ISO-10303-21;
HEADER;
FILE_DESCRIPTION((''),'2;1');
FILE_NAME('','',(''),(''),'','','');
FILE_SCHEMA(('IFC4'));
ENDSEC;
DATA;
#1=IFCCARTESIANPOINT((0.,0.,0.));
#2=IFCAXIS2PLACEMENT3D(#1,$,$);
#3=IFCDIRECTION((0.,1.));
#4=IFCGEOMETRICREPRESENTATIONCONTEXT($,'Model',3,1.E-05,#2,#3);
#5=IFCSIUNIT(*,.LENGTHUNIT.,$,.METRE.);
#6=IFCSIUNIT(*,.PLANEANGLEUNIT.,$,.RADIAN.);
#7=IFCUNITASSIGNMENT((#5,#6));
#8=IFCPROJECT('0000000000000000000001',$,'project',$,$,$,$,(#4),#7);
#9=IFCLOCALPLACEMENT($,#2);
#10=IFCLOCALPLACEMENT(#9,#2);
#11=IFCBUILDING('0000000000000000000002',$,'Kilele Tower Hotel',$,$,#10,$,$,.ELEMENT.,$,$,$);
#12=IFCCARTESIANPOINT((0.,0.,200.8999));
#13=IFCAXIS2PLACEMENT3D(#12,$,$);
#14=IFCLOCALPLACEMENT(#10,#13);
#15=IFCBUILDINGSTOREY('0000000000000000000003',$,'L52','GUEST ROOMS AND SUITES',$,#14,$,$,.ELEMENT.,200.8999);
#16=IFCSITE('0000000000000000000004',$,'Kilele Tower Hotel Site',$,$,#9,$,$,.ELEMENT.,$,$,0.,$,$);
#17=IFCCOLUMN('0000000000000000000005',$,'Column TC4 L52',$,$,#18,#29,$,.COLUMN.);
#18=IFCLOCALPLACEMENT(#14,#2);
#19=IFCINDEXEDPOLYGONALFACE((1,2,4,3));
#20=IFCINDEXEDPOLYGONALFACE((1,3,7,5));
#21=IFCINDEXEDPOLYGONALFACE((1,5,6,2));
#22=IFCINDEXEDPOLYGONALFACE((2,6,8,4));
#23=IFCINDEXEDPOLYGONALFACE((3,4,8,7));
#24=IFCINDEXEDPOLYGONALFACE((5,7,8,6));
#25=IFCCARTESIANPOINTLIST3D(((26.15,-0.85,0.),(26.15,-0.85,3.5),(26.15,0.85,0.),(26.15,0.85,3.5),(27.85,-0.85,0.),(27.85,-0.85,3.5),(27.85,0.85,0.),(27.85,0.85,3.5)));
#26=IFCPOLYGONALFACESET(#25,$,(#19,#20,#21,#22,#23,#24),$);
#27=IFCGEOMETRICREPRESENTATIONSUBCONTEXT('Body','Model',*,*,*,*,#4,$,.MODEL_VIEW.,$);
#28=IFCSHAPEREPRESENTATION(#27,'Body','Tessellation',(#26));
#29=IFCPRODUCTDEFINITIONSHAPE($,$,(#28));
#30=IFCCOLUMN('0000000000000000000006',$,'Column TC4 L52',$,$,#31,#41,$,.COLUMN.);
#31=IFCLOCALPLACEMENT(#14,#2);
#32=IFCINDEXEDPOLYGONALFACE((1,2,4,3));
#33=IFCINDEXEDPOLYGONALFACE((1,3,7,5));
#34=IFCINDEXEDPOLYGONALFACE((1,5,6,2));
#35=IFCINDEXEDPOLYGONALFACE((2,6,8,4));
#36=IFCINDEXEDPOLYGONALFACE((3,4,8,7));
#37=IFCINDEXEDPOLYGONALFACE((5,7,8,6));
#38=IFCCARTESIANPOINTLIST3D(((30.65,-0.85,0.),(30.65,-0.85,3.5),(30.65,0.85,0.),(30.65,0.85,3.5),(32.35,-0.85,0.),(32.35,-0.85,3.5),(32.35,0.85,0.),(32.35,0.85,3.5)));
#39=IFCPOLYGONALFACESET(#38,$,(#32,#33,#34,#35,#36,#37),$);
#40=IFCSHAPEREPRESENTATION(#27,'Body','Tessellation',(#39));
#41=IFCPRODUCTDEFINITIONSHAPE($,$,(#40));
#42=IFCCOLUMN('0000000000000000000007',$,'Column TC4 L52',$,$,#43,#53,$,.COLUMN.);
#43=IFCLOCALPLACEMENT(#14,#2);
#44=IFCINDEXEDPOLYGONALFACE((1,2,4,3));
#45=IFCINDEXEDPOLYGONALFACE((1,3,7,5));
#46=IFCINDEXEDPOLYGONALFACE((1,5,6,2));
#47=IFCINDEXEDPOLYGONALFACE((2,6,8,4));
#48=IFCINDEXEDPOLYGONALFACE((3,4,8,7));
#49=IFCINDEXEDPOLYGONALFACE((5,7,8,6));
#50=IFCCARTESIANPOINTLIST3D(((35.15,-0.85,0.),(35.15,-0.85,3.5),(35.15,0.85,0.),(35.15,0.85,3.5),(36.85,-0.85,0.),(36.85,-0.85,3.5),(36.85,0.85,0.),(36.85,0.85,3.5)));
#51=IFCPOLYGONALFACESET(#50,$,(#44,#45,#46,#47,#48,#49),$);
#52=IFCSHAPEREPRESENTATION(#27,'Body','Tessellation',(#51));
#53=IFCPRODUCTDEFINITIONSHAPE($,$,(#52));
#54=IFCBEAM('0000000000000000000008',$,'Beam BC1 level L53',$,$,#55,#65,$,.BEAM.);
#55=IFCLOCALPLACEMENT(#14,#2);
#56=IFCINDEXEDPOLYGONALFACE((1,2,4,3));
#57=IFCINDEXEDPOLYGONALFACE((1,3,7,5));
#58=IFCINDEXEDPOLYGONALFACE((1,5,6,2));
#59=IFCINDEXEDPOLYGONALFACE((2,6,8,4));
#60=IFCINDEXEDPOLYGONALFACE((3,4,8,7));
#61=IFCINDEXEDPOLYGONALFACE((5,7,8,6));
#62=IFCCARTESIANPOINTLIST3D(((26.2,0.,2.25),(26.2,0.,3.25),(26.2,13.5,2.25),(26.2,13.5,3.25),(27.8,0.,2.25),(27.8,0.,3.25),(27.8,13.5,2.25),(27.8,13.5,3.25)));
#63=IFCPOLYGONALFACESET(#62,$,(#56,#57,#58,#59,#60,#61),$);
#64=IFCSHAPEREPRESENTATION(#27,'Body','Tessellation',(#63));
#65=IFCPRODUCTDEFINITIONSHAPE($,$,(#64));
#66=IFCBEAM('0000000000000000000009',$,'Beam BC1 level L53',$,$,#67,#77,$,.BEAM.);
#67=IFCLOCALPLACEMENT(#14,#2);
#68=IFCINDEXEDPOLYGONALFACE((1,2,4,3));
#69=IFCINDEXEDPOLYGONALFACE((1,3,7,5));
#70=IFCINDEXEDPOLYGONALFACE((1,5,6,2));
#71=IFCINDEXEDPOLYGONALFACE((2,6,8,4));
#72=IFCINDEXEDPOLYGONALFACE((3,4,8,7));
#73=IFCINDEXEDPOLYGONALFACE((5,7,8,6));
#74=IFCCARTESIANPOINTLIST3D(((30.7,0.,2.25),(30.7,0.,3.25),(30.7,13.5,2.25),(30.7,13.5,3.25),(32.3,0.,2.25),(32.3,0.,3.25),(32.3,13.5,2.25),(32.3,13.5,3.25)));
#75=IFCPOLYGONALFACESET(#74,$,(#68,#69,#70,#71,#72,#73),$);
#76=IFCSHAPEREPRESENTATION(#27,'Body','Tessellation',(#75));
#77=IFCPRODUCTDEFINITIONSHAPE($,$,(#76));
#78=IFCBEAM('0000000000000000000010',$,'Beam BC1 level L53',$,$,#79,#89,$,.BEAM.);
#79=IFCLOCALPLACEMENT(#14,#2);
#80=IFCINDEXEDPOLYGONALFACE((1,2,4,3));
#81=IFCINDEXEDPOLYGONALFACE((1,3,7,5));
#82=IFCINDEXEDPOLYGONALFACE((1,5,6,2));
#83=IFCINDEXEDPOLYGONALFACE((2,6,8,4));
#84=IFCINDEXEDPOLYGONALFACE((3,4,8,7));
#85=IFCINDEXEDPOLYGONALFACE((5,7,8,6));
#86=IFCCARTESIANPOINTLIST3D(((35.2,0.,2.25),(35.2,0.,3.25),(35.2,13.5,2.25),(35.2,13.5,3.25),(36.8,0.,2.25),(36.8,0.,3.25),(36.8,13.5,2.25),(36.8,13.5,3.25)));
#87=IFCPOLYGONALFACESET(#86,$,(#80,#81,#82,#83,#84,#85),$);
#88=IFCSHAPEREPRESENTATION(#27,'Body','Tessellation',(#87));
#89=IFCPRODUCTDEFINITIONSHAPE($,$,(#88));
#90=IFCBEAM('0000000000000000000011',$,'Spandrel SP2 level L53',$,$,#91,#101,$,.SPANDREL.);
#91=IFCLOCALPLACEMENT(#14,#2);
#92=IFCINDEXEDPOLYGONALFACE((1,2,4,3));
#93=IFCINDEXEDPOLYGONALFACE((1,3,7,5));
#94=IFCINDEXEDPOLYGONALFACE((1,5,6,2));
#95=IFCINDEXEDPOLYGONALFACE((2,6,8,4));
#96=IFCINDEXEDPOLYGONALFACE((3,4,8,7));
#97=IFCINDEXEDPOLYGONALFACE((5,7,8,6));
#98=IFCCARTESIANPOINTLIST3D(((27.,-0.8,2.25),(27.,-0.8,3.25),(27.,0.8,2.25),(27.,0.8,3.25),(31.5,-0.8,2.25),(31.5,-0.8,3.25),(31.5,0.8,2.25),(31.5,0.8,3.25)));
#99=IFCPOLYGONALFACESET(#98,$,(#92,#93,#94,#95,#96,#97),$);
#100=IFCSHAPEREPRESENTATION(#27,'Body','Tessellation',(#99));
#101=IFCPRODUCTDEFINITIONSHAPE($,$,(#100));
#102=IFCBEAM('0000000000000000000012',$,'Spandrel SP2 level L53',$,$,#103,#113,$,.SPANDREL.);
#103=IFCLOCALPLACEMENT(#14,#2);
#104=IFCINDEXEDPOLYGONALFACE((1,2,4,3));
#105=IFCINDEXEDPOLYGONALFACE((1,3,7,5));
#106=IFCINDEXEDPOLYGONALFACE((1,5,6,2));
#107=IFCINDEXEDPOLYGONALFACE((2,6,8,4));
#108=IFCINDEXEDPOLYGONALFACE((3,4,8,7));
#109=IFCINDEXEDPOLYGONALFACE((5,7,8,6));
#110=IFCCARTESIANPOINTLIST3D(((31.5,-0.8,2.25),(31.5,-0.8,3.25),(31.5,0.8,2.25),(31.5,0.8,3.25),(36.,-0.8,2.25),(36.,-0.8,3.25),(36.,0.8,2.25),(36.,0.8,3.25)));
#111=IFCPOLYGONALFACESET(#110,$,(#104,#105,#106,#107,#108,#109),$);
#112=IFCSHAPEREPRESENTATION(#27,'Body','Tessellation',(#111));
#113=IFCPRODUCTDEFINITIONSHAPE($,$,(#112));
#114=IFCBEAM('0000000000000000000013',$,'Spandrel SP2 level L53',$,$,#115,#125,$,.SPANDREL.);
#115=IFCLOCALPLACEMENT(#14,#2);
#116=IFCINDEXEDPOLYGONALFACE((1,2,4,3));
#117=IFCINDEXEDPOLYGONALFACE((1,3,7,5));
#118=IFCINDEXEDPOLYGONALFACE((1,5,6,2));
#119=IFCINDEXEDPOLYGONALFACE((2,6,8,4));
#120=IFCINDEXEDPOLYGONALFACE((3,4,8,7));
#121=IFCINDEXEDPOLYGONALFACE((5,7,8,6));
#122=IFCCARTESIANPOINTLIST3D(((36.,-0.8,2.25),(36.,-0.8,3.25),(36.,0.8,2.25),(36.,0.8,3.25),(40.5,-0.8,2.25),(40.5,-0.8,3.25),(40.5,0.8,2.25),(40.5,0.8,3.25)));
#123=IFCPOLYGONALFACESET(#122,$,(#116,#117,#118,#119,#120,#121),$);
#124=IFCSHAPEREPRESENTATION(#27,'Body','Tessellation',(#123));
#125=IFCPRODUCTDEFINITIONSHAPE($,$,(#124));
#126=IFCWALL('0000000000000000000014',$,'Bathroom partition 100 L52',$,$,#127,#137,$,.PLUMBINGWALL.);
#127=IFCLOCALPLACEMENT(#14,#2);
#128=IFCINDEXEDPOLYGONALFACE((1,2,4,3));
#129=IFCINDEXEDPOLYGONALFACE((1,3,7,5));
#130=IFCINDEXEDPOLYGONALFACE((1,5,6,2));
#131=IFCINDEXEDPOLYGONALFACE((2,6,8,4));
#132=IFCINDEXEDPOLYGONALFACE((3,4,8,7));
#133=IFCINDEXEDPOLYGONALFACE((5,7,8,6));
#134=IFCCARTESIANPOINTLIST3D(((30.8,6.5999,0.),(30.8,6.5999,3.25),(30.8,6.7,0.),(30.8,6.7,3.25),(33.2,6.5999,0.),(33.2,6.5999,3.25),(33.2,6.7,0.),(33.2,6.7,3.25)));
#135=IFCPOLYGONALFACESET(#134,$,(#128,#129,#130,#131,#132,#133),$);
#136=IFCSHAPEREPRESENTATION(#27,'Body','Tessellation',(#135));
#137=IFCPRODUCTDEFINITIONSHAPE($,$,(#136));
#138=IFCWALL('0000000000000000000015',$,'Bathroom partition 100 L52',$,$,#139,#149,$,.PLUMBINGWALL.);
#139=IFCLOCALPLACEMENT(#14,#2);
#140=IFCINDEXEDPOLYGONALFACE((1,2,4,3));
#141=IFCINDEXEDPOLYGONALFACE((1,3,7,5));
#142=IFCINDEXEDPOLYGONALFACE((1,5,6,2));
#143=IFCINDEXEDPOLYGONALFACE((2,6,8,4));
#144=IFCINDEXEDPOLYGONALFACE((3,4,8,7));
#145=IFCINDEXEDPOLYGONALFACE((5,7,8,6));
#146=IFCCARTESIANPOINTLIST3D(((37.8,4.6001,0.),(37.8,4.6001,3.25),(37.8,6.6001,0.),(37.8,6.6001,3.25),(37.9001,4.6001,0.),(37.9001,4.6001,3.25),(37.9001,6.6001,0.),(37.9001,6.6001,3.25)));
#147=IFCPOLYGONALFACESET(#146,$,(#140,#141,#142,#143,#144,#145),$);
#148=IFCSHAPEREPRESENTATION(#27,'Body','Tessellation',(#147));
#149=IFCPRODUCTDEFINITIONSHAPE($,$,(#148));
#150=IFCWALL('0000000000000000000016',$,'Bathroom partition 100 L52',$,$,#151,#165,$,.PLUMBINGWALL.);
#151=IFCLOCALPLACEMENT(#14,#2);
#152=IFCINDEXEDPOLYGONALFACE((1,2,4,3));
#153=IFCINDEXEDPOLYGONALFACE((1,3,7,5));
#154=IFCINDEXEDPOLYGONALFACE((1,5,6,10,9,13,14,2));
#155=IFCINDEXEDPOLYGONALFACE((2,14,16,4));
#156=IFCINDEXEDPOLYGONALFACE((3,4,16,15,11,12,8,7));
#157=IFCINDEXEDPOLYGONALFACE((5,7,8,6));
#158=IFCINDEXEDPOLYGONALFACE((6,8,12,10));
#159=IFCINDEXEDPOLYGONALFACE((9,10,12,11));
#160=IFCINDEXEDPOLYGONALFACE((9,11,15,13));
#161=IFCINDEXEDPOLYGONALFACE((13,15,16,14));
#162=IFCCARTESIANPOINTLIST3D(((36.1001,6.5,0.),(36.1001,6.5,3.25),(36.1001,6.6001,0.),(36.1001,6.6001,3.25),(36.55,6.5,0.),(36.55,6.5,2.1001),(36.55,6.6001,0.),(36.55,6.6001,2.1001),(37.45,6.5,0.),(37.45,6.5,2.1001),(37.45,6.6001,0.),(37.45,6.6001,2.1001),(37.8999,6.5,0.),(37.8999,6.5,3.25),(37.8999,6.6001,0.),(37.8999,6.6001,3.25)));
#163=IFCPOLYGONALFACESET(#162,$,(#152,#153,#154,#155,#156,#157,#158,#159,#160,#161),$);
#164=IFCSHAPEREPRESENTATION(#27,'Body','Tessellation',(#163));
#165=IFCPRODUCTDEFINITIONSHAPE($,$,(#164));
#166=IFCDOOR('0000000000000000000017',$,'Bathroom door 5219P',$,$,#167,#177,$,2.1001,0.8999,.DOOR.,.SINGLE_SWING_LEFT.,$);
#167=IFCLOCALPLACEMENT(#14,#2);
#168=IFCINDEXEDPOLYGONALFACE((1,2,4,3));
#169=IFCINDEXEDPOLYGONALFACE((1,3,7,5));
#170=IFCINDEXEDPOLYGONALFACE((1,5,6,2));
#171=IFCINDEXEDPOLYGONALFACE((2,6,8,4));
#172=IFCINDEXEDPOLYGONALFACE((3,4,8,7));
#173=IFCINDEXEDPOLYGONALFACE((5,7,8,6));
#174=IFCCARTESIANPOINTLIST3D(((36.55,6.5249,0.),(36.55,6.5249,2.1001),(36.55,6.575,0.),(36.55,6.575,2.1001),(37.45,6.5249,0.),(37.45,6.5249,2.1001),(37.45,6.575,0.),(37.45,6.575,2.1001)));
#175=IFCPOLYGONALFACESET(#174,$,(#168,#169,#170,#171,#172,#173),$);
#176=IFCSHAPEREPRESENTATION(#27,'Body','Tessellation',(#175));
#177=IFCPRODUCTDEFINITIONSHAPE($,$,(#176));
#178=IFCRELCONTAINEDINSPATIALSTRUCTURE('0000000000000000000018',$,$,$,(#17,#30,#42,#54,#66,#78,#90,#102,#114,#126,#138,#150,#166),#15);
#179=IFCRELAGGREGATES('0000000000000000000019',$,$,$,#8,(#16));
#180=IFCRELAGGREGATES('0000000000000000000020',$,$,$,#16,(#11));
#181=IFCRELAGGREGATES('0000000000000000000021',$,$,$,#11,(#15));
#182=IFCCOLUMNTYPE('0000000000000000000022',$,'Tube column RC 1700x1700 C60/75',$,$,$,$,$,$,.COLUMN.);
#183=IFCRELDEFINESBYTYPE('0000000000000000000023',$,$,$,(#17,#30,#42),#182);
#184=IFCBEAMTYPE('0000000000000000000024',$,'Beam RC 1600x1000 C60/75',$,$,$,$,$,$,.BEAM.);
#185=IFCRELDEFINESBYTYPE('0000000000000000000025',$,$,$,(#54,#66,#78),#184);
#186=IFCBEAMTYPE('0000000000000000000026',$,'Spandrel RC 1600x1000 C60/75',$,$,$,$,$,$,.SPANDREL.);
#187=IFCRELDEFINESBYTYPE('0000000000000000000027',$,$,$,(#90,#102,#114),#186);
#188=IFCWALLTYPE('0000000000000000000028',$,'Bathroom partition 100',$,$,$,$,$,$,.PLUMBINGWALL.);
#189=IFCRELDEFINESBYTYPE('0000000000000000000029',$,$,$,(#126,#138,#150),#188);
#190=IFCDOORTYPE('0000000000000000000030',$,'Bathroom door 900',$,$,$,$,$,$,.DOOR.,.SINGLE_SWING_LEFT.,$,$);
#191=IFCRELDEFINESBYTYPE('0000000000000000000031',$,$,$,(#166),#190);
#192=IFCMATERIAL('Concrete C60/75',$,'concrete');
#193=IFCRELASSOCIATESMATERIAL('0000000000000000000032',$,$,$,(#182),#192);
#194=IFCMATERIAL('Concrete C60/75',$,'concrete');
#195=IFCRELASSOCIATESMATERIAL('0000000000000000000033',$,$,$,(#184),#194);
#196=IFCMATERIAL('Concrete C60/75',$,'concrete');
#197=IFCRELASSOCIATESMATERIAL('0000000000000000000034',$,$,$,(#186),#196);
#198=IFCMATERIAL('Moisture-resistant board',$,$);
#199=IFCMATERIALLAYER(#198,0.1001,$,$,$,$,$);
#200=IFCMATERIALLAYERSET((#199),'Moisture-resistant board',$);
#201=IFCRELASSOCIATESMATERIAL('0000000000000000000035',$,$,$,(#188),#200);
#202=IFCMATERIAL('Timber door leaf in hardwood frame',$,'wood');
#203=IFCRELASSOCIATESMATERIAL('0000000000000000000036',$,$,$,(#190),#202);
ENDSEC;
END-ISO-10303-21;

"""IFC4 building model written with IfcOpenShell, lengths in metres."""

from ifc_helpers import new_model, si_unit, direction, frame, frame_2d, origin, origin_2d, place, context, subcontext, project, spatial, rectangle, extrude, material, layer, layer_set, material_profile, profile_set, type_object, element, fill, save


model = new_model("IFC4")

# Units and contexts
model_context = context("Model", 3, precision=1e-05, world=origin(), true_north=direction((0.0, 1.0)))
body_context = subcontext(model_context, "Body", "Model", "MODEL_VIEW")
ifc_project = project(units=[si_unit("LENGTHUNIT", "METRE"), si_unit("PLANEANGLEUNIT", "RADIAN")], contexts=[model_context])

# Site, building, storey
site_placement = place(None, origin())
site = spatial("IfcSite", under=ifc_project, at=site_placement, Name="Kilele Tower Hotel Site", CompositionType="ELEMENT", RefElevation=0.0)
building_placement = place(site_placement, origin())
building = spatial("IfcBuilding", under=site, at=building_placement, Name="Kilele Tower Hotel", CompositionType="ELEMENT")
storey_placement = place(building_placement, frame((0.0, 0.0, 200.8999)))
storey = spatial("IfcBuildingStorey", under=building, at=storey_placement, Name="L52", Description="GUEST ROOMS AND SUITES", CompositionType="ELEMENT", Elevation=200.8999)

# Columns
ifc_material_1 = material(Name="Concrete C60/75", Category="concrete")
ifc_material_profile_1 = material_profile(ifc_material_1, rectangle(XDim=1.7, YDim=1.7, at=origin_2d()))
ifc_profile_set_1 = profile_set([ifc_material_profile_1], Name="Concrete C60/75")
column_type = type_object("IfcColumnType", Name="Tube column RC 1700x1700 C60/75", PredefinedType="COLUMN", material=ifc_profile_set_1)
for number, where, z_axis, x_axis, name in (
    (1, (27.0, 0.0, 0.0), (0.0, 0.0, 1.0), (1.0, 0.0, 0.0), "Column TC4 L52"),
    (2, (31.5, 0.0, 0.0), (0.0, 0.0, 1.0), (1.0, 0.0, 0.0), "Column TC4 L52"),
    (3, (36.0, 0.0, 0.0), (0.0, 0.0, 1.0), (1.0, 0.0, 0.0), "Column TC4 L52"),
):
    element("IfcColumn", number, at=place(storey_placement, frame(where, z_axis=z_axis, x_axis=x_axis)), inside=storey, type_object=column_type, Name=name, PredefinedType="COLUMN", context=body_context, shape_type="SweptSolid", body=[
        extrude(rectangle(XDim=1.7, YDim=1.7, at=origin_2d()), origin(), (0.0, 0.0, 1.0), 3.5),
    ])

# Beams
ifc_material_2 = material(Name="Concrete C60/75", Category="concrete")
ifc_material_profile_2 = material_profile(ifc_material_2, rectangle(XDim=1.6001, YDim=1.0, at=origin_2d()))
ifc_profile_set_2 = profile_set([ifc_material_profile_2], Name="Concrete C60/75")
beam_type_1 = type_object("IfcBeamType", Name="Beam RC 1600x1000 C60/75", PredefinedType="BEAM", material=ifc_profile_set_2)
for number, where, z_axis, x_axis, name in (
    (4, (27.0, 0.0, 2.75), (0.0, 1.0, 0.0), (-1.0, 0.0, 0.0), "Beam BC1 level L53"),
    (5, (31.5, 0.0, 2.75), (0.0, 1.0, 0.0), (-1.0, 0.0, 0.0), "Beam BC1 level L53"),
    (6, (36.0, 0.0, 2.75), (0.0, 1.0, 0.0), (-1.0, 0.0, 0.0), "Beam BC1 level L53"),
):
    element("IfcBeam", number, at=place(storey_placement, frame(where, z_axis=z_axis, x_axis=x_axis)), inside=storey, type_object=beam_type_1, Name=name, PredefinedType="BEAM", context=body_context, shape_type="SweptSolid", body=[
        extrude(rectangle(XDim=1.6001, YDim=1.0, at=origin_2d()), origin(), (0.0, 0.0, 1.0), 13.5),
    ])
ifc_material_3 = material(Name="Concrete C60/75", Category="concrete")
ifc_material_profile_3 = material_profile(ifc_material_3, rectangle(XDim=1.6001, YDim=1.0, at=origin_2d()))
ifc_profile_set_3 = profile_set([ifc_material_profile_3], Name="Concrete C60/75")
beam_type_2 = type_object("IfcBeamType", Name="Spandrel RC 1600x1000 C60/75", PredefinedType="SPANDREL", material=ifc_profile_set_3)
for number, where, z_axis, x_axis, name in (
    (7, (27.0, 0.0, 2.75), (1.0, 0.0, 0.0), (0.0, 1.0, 0.0), "Spandrel SP2 level L53"),
    (8, (31.5, 0.0, 2.75), (1.0, 0.0, 0.0), (0.0, 1.0, 0.0), "Spandrel SP2 level L53"),
    (9, (36.0, 0.0, 2.75), (1.0, 0.0, 0.0), (0.0, 1.0, 0.0), "Spandrel SP2 level L53"),
):
    element("IfcBeam", number, at=place(storey_placement, frame(where, z_axis=z_axis, x_axis=x_axis)), inside=storey, type_object=beam_type_2, Name=name, PredefinedType="SPANDREL", context=body_context, shape_type="SweptSolid", body=[
        extrude(rectangle(XDim=1.6001, YDim=1.0, at=origin_2d()), origin(), (0.0, 0.0, 1.0), 4.5),
    ])

# Walls
ifc_material_4 = material(Name="Moisture-resistant board")
ifc_layer_1 = layer(ifc_material_4, 0.1001)
ifc_layer_set_1 = layer_set([ifc_layer_1], Name="Moisture-resistant board")
wall_type_1 = type_object("IfcWallType", Name="Bathroom partition 100", PredefinedType="PLUMBINGWALL", material=ifc_layer_set_1)
wall_1_placement = place(storey_placement, frame((30.8, 6.6499, 0.0), z_axis=(0.0, 0.0, 1.0), x_axis=(1.0, 0.0, 0.0)))
element("IfcWall", 10, at=wall_1_placement, inside=storey, type_object=wall_type_1, Name="Bathroom partition 100 L52", PredefinedType="PLUMBINGWALL", context=body_context, shape_type="SweptSolid", body=[
    extrude(rectangle(XDim=2.3999, YDim=0.1001, at=frame_2d((1.2, 0.0))), origin(), (0.0, 0.0, 1.0), 3.25),
])
wall_2_placement = place(storey_placement, frame((37.8501, 4.6001, 0.0), z_axis=(0.0, 0.0, 1.0), x_axis=(0.0, 1.0, 0.0)))
element("IfcWall", 11, at=wall_2_placement, inside=storey, type_object=wall_type_1, Name="Bathroom partition 100 L52", PredefinedType="PLUMBINGWALL", context=body_context, shape_type="SweptSolid", body=[
    extrude(rectangle(XDim=2.0, YDim=0.1001, at=frame_2d((1.0, 0.0))), origin(), (0.0, 0.0, 1.0), 3.25),
])

# Wall, opening, door
wall_3_placement = place(storey_placement, frame((36.1001, 6.55, 0.0), z_axis=(0.0, 0.0, 1.0), x_axis=(1.0, 0.0, 0.0)))
wall_3 = element("IfcWall", 12, at=wall_3_placement, inside=storey, type_object=wall_type_1, Name="Bathroom partition 100 L52", PredefinedType="PLUMBINGWALL", context=body_context, shape_type="SweptSolid", body=[
    extrude(rectangle(XDim=1.7998, YDim=0.1001, at=frame_2d((0.8999, 0.0))), origin(), (0.0, 0.0, 1.0), 3.25),
])
opening_1_placement = place(wall_3_placement, frame((0.45, 0.0, 0.0)))
opening_1 = element("IfcOpeningElement", 13, at=opening_1_placement, cuts=wall_3, PredefinedType="OPENING", context=body_context, shape_type="SweptSolid", body=[
    extrude(rectangle(XDim=0.8999, YDim=2.1001, at=frame_2d((0.45, 1.05))), frame((0.0, 0.0601, 0.0), z_axis=(0.0, -1.0, 0.0), x_axis=(1.0, 0.0, 0.0)), (0.0, 0.0, 1.0), 0.1201),
])
ifc_material_5 = material(Name="Timber door leaf in hardwood frame", Category="wood")
door_type_1 = type_object("IfcDoorType", Name="Bathroom door 900", OperationType="SINGLE_SWING_LEFT", PredefinedType="DOOR", material=ifc_material_5)
door_1_placement = place(opening_1_placement, origin())
door_1 = element("IfcDoor", 14, at=door_1_placement, inside=storey, type_object=door_type_1, Name="Bathroom door 5219P", OperationType="SINGLE_SWING_LEFT", OverallHeight=2.1001, OverallWidth=0.8999, PredefinedType="DOOR", context=body_context, shape_type="SweptSolid", body=[
    extrude(rectangle(XDim=0.8999, YDim=2.1001, at=frame_2d((0.45, 1.05))), frame((0.0, 0.0249, 0.0), z_axis=(0.0, -1.0, 0.0), x_axis=(1.0, 0.0, 0.0)), (0.0, 0.0, 1.0), 0.05),
])
fill(opening_1, door_1)

save(model, "model.ifc")
